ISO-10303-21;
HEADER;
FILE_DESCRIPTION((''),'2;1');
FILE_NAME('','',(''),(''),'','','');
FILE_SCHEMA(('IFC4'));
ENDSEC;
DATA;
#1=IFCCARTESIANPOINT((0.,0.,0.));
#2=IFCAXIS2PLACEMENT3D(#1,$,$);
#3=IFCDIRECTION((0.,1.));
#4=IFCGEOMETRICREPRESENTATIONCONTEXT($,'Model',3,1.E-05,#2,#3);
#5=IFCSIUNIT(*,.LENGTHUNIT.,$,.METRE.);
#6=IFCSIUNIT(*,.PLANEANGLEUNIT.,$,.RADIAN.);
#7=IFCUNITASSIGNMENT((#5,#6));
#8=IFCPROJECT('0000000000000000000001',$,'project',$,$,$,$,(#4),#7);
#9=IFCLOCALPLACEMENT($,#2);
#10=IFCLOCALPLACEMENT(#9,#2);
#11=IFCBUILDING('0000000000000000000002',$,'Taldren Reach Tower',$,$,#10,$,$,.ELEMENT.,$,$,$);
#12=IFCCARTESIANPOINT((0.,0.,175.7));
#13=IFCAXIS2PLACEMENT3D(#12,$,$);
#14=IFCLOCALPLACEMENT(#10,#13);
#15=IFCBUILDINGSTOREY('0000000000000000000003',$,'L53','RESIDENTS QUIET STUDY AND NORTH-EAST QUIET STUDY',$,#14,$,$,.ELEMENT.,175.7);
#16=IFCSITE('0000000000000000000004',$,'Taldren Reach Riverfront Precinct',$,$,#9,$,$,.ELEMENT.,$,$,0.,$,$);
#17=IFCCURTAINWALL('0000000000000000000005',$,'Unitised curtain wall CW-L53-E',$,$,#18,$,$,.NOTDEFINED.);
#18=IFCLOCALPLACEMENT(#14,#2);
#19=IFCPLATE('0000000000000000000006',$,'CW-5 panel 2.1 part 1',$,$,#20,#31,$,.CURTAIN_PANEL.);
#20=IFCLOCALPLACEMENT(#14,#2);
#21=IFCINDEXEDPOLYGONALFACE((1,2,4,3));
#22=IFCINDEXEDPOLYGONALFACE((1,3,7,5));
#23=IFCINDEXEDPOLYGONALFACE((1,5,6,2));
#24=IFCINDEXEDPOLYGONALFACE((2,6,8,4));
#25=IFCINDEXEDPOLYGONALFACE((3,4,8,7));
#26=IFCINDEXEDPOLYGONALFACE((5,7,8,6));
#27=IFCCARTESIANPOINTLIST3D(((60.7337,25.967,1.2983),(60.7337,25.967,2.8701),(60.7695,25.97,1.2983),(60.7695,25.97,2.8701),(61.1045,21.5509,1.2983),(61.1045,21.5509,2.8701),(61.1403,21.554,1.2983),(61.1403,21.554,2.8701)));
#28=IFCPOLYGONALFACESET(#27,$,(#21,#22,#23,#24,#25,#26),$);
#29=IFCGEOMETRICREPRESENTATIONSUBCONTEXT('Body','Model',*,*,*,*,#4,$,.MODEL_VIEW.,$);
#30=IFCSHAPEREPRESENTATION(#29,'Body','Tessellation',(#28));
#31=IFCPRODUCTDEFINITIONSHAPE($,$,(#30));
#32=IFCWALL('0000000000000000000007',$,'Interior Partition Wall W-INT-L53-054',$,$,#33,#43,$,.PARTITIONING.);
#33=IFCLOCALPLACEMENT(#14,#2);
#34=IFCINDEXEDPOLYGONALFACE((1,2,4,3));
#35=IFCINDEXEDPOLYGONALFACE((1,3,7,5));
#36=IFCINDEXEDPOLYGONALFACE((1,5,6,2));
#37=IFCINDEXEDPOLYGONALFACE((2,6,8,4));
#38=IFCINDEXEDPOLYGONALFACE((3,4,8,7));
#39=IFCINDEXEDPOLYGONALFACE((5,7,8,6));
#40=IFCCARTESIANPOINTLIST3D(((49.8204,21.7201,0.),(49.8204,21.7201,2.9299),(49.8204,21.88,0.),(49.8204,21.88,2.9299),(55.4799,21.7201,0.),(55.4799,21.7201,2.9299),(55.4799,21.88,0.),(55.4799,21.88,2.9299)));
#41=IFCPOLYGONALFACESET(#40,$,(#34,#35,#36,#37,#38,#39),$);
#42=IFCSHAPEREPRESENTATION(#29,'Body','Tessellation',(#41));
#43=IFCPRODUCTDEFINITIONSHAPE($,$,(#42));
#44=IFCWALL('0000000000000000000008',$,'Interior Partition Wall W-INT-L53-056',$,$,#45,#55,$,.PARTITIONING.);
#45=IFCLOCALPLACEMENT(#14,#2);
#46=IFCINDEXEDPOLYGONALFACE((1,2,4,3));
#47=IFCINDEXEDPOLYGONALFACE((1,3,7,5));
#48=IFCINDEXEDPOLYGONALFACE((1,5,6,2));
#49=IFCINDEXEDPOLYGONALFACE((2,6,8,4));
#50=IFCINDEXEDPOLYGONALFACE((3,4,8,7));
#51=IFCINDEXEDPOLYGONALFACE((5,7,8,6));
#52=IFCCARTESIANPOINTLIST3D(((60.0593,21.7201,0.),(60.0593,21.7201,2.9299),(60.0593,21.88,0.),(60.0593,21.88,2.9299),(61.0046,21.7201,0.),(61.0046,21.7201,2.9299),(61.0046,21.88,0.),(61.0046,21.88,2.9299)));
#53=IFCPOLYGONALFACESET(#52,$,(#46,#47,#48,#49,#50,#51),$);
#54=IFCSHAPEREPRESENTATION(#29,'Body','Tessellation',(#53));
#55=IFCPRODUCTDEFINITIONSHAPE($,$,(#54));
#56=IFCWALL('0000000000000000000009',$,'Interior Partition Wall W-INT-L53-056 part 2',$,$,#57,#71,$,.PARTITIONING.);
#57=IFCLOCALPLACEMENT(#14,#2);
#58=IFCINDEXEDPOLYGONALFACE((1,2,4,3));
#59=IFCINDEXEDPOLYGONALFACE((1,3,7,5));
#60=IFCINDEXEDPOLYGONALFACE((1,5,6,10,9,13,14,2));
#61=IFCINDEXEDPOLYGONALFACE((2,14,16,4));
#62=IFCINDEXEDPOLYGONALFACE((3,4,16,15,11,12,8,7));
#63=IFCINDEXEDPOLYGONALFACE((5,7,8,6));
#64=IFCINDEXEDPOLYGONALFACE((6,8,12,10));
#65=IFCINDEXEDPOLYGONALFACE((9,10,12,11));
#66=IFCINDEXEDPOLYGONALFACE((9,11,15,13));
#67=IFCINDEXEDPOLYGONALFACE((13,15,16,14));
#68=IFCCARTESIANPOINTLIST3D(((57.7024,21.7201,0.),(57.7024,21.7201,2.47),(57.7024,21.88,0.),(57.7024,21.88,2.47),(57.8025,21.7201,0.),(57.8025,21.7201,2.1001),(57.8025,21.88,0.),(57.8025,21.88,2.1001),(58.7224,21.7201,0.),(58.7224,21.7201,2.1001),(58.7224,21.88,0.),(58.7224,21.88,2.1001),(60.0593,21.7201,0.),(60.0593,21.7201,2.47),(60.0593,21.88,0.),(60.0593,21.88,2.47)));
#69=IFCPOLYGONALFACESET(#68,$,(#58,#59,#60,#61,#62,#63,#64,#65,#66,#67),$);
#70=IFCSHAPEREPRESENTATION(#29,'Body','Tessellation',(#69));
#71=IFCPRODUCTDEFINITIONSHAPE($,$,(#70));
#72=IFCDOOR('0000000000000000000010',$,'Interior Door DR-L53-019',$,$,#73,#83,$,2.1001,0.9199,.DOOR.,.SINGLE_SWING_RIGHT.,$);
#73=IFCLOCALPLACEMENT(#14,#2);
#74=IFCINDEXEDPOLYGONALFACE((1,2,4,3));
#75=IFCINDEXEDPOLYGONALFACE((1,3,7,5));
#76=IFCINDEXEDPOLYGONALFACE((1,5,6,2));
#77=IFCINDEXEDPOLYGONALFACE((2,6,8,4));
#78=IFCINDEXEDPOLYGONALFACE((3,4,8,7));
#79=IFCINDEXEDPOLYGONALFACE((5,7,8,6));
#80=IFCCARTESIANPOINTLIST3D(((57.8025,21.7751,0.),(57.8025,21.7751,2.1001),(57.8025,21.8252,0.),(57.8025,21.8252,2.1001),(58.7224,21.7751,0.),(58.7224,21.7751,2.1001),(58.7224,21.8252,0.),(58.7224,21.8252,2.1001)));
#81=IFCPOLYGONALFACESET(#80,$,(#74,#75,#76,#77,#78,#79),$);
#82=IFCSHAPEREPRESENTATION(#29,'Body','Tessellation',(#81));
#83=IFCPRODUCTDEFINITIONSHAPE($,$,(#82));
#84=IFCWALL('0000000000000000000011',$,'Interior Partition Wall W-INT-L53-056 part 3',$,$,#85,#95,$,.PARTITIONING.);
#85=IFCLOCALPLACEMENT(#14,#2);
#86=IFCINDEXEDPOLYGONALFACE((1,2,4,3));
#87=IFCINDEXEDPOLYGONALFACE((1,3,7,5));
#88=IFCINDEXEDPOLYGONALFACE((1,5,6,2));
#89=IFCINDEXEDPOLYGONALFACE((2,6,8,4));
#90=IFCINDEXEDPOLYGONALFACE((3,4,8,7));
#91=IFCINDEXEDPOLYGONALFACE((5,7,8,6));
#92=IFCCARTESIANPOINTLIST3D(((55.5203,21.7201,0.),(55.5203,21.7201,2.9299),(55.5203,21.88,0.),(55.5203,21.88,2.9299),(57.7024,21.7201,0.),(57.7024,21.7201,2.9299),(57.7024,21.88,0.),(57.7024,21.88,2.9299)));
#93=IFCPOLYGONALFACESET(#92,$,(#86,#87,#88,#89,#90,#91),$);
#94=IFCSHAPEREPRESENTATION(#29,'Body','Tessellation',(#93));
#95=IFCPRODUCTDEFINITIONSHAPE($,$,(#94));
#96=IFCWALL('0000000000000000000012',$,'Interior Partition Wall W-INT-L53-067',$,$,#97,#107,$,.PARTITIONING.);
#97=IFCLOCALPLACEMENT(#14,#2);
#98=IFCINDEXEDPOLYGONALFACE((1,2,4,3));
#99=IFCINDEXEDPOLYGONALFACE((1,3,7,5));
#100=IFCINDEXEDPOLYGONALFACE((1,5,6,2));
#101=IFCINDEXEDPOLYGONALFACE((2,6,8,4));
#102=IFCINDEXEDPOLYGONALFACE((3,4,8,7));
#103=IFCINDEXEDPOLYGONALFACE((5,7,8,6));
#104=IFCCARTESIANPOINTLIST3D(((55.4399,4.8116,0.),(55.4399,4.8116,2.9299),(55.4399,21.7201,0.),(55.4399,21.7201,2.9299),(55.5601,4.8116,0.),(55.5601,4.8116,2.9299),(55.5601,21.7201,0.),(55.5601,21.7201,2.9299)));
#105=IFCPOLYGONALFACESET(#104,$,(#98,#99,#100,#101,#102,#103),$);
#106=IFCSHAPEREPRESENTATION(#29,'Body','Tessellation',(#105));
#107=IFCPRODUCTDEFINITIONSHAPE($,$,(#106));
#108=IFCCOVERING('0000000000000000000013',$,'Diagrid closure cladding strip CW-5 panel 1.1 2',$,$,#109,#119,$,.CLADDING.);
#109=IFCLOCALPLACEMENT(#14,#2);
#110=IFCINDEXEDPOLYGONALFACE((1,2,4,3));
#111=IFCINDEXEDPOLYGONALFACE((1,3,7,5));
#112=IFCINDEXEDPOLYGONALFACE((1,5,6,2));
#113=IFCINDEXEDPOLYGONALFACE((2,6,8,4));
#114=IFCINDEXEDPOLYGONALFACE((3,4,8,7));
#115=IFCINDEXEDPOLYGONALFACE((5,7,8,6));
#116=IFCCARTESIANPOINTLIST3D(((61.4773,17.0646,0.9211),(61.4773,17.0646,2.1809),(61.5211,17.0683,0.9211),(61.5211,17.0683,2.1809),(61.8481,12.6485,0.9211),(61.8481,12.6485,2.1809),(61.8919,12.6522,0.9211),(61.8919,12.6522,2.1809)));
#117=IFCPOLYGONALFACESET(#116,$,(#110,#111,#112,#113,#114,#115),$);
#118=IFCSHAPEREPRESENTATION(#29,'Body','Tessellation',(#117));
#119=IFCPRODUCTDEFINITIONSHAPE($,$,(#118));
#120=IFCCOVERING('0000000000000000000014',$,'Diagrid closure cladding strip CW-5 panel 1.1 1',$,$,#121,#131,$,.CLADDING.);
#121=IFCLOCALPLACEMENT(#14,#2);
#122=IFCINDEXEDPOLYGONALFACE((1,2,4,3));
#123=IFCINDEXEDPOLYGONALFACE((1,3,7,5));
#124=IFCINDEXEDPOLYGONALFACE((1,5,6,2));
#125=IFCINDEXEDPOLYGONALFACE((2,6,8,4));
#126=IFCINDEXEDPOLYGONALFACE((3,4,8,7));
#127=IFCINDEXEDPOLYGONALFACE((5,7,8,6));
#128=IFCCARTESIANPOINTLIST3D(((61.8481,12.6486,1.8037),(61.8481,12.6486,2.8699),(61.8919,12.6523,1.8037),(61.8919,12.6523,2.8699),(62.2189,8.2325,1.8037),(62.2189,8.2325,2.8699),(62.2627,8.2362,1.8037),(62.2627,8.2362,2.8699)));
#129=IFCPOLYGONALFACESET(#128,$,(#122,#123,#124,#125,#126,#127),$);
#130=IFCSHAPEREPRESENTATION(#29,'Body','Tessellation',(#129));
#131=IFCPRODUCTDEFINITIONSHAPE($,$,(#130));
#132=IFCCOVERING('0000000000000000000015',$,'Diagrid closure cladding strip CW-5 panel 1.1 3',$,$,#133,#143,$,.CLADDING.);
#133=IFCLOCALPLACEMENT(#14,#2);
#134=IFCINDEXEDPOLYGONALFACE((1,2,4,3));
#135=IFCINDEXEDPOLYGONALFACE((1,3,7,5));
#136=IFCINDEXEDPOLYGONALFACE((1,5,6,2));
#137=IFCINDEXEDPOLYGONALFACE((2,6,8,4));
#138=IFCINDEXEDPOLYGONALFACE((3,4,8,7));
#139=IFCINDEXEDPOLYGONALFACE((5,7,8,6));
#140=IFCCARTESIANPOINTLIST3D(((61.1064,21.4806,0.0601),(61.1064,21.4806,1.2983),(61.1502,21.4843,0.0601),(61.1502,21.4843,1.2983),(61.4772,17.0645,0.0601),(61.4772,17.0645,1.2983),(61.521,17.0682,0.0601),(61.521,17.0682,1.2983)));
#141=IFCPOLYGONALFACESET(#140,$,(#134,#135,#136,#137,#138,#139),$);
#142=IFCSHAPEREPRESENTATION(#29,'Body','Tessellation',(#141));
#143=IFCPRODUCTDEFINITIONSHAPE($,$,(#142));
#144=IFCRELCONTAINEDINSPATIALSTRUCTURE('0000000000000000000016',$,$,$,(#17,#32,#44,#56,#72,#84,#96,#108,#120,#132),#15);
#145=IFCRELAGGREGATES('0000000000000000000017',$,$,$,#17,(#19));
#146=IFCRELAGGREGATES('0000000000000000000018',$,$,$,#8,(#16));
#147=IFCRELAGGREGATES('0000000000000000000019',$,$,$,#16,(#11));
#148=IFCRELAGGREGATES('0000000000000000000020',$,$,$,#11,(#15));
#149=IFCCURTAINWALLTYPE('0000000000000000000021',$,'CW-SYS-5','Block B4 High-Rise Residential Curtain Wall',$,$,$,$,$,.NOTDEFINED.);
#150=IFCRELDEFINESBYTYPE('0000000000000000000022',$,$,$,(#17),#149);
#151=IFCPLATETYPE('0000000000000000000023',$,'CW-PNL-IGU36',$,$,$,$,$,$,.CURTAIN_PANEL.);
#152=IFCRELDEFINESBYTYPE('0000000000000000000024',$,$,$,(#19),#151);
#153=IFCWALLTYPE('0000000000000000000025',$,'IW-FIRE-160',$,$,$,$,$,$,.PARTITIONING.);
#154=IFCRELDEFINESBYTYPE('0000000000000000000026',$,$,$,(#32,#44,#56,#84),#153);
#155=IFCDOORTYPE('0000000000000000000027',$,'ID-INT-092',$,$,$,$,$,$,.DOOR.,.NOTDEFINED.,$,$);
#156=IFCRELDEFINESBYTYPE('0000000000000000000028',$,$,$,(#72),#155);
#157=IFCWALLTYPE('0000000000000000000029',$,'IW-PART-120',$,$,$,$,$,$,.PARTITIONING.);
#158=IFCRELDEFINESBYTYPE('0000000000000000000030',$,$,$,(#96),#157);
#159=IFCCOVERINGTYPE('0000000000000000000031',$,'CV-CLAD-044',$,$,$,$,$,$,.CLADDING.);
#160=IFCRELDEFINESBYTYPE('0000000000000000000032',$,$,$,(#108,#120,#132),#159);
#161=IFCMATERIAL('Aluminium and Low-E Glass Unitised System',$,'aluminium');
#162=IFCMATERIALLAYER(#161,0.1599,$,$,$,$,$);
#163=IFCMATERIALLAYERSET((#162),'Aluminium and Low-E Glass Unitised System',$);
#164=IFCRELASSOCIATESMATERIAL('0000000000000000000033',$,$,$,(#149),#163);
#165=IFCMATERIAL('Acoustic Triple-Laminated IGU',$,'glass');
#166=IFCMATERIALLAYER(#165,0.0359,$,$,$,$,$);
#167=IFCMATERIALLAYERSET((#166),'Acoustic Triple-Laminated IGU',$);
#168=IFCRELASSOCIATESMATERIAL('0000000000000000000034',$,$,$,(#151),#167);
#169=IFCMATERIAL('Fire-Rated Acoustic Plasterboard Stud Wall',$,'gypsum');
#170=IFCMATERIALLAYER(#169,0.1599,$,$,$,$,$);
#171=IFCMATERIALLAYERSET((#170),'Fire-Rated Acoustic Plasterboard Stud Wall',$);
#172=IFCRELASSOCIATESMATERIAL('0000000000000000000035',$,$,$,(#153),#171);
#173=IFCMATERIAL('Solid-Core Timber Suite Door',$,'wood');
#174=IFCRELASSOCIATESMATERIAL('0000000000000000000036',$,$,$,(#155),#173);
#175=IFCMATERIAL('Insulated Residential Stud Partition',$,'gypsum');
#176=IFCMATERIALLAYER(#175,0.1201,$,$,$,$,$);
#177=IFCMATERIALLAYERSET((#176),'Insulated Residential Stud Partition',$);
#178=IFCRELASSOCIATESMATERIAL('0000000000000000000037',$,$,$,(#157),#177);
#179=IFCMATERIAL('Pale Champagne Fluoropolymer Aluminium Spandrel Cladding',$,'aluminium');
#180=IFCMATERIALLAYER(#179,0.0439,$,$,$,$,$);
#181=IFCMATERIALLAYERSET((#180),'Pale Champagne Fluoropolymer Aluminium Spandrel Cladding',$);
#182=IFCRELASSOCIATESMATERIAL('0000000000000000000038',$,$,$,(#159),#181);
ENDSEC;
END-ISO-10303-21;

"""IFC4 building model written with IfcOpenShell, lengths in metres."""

from ifc_helpers import new_model, si_unit, direction, frame, frame_2d, origin, origin_2d, place, context, subcontext, project, spatial, rectangle, extrude, source, transform, mapped, material, layer, layer_set, type_object, element, fill, aggregate, save


model = new_model("IFC4")

# Units and contexts
model_context = context("Model", 3, precision=1e-05, world=origin(), true_north=direction((0.0, 1.0)))
body_context = subcontext(model_context, "Body", "Model", "MODEL_VIEW")
ifc_project = project(units=[si_unit("LENGTHUNIT", "METRE"), si_unit("PLANEANGLEUNIT", "RADIAN")], contexts=[model_context])

# Site, building, storey
site_placement = place(None, origin())
site = spatial("IfcSite", under=ifc_project, at=site_placement, Name="Taldren Reach Riverfront Precinct", CompositionType="ELEMENT", RefElevation=0.0)
building_placement = place(site_placement, origin())
building = spatial("IfcBuilding", under=site, at=building_placement, Name="Taldren Reach Tower", CompositionType="ELEMENT")
storey_placement = place(building_placement, frame((0.0, 0.0, 175.7)))
storey = spatial("IfcBuildingStorey", under=building, at=storey_placement, Name="L53", Description="RESIDENTS QUIET STUDY AND NORTH-EAST QUIET STUDY", CompositionType="ELEMENT", Elevation=175.7)

# Curtain wall
ifc_material_1 = material(Name="Aluminium and Low-E Glass Unitised System", Category="aluminium")
ifc_layer_1 = layer(ifc_material_1, 0.1599)
ifc_layer_set_1 = layer_set([ifc_layer_1], Name="Aluminium and Low-E Glass Unitised System")
curtain_wall_type = type_object("IfcCurtainWallType", Name="CW-SYS-5", Description="Block B4 High-Rise Residential Curtain Wall", PredefinedType="NOTDEFINED", material=ifc_layer_set_1)
curtain_wall_placement = place(storey_placement, origin())
curtain_wall = element("IfcCurtainWall", 1, at=curtain_wall_placement, inside=storey, type_object=curtain_wall_type, Name="Unitised curtain wall CW-L53-E", PredefinedType="NOTDEFINED")

# Plate
ifc_material_2 = material(Name="Acoustic Triple-Laminated IGU", Category="glass")
ifc_layer_2 = layer(ifc_material_2, 0.0359)
ifc_layer_set_2 = layer_set([ifc_layer_2], Name="Acoustic Triple-Laminated IGU")
plate_type_1 = type_object("IfcPlateType", Name="CW-PNL-IGU36", PredefinedType="CURTAIN_PANEL", material=ifc_layer_set_2)
shared_shape_1 = source(origin(), body_context, "Body", "SweptSolid", [
    extrude(rectangle(XDim=4.4316, YDim=0.0359, at=origin_2d()), origin(), (0.0, 0.0, 1.0), 1.5718),
])
plate_1_placement = place(storey_placement, frame((60.937, 23.7605, 1.2983), z_axis=(0.0, 0.0, 1.0), x_axis=(-0.083678, 0.996493, 0.0)))
plate_1 = element("IfcPlate", 2, at=plate_1_placement, type_object=plate_type_1, Name="CW-5 panel 2.1 part 1", PredefinedType="CURTAIN_PANEL", context=body_context, shape_type="MappedRepresentation", body=[
    mapped(shared_shape_1, transform((0.0, 0.0, 0.0), scale=1.0)),
])
aggregate(curtain_wall, [plate_1])

# Walls
ifc_material_3 = material(Name="Fire-Rated Acoustic Plasterboard Stud Wall", Category="gypsum")
ifc_layer_3 = layer(ifc_material_3, 0.1599)
ifc_layer_set_3 = layer_set([ifc_layer_3], Name="Fire-Rated Acoustic Plasterboard Stud Wall")
wall_type_1 = type_object("IfcWallType", Name="IW-FIRE-160", PredefinedType="PARTITIONING", material=ifc_layer_set_3)
shared_shape_2 = source(origin(), body_context, "Body", "SweptSolid", [
    extrude(rectangle(XDim=5.6594, YDim=0.1599, at=frame_2d((2.8296, 0.0))), origin(), (0.0, 0.0, 1.0), 2.9299),
])
wall_1_placement = place(storey_placement, frame((55.4797, 21.8, 0.0), z_axis=(0.0, 0.0, 1.0), x_axis=(-1.0, 0.0, 0.0)))
element("IfcWall", 3, at=wall_1_placement, inside=storey, type_object=wall_type_1, Name="Interior Partition Wall W-INT-L53-054", PredefinedType="PARTITIONING", context=body_context, shape_type="MappedRepresentation", body=[
    mapped(shared_shape_2, transform((0.0, 0.0, 0.0), scale=1.0)),
])
shared_shape_3 = source(origin(), body_context, "Body", "SweptSolid", [
    extrude(rectangle(XDim=0.9453, YDim=0.1599, at=frame_2d((0.4727, 0.0))), origin(), (0.0, 0.0, 1.0), 2.9299),
])
wall_2_placement = place(storey_placement, frame((61.0046, 21.8, 0.0), z_axis=(0.0, 0.0, 1.0), x_axis=(-1.0, 0.0, 0.0)))
element("IfcWall", 4, at=wall_2_placement, inside=storey, type_object=wall_type_1, Name="Interior Partition Wall W-INT-L53-056", PredefinedType="PARTITIONING", context=body_context, shape_type="MappedRepresentation", body=[
    mapped(shared_shape_3, transform((0.0, 0.0, 0.0), scale=1.0)),
])

# Wall, opening, door
shared_shape_4 = source(origin(), body_context, "Body", "SweptSolid", [
    extrude(rectangle(XDim=2.3569, YDim=0.1599, at=frame_2d((1.1785, 0.0))), origin(), (0.0, 0.0, 1.0), 2.47),
])
wall_3_placement = place(storey_placement, frame((60.0593, 21.8, 0.0), z_axis=(0.0, 0.0, 1.0), x_axis=(-1.0, 0.0, 0.0)))
wall_3 = element("IfcWall", 5, at=wall_3_placement, inside=storey, type_object=wall_type_1, Name="Interior Partition Wall W-INT-L53-056 part 2", PredefinedType="PARTITIONING", context=body_context, shape_type="MappedRepresentation", body=[
    mapped(shared_shape_4, transform((0.0, 0.0, 0.0), scale=1.0)),
])
shared_shape_5 = source(origin(), body_context, "Body", "SweptSolid", [
    extrude(rectangle(XDim=0.9199, YDim=2.1001, at=frame_2d((0.46, 1.05))), frame((0.0, 0.0898, 0.0), z_axis=(0.0, -1.0, 0.0), x_axis=(1.0, 0.0, 0.0)), (0.0, 0.0, 1.0), 0.1799),
])
opening_placement = place(wall_3_placement, frame((1.3369, 0.0, 0.0)))
opening = element("IfcOpeningElement", 6, at=opening_placement, cuts=wall_3, PredefinedType="OPENING", context=body_context, shape_type="MappedRepresentation", body=[
    mapped(shared_shape_5, transform((0.0, 0.0, 0.0), scale=1.0)),
])
ifc_material_4 = material(Name="Solid-Core Timber Suite Door", Category="wood")
door_type = type_object("IfcDoorType", Name="ID-INT-092", OperationType="NOTDEFINED", PredefinedType="DOOR", material=ifc_material_4)
shared_shape_6 = source(origin(), body_context, "Body", "SweptSolid", [
    extrude(rectangle(XDim=0.9199, YDim=2.1001, at=frame_2d((0.46, 1.05))), frame((0.0, 0.0249, 0.0), z_axis=(0.0, -1.0, 0.0), x_axis=(1.0, 0.0, 0.0)), (0.0, 0.0, 1.0), 0.05),
])
door_placement = place(opening_placement, origin())
door = element("IfcDoor", 7, at=door_placement, inside=storey, type_object=door_type, Name="Interior Door DR-L53-019", OperationType="SINGLE_SWING_RIGHT", OverallHeight=2.1001, OverallWidth=0.9199, PredefinedType="DOOR", context=body_context, shape_type="MappedRepresentation", body=[
    mapped(shared_shape_6, transform((0.0, 0.0, 0.0), scale=1.0)),
])
fill(opening, door)

# Walls
shared_shape_7 = source(origin(), body_context, "Body", "SweptSolid", [
    extrude(rectangle(XDim=2.1821, YDim=0.1599, at=frame_2d((1.0911, 0.0))), origin(), (0.0, 0.0, 1.0), 2.9299),
])
wall_4_placement = place(storey_placement, frame((57.7024, 21.8, 0.0), z_axis=(0.0, 0.0, 1.0), x_axis=(-1.0, 0.0, 0.0)))
element("IfcWall", 8, at=wall_4_placement, inside=storey, type_object=wall_type_1, Name="Interior Partition Wall W-INT-L53-056 part 3", PredefinedType="PARTITIONING", context=body_context, shape_type="MappedRepresentation", body=[
    mapped(shared_shape_7, transform((0.0, 0.0, 0.0), scale=1.0)),
])
ifc_material_5 = material(Name="Insulated Residential Stud Partition", Category="gypsum")
ifc_layer_4 = layer(ifc_material_5, 0.1201)
ifc_layer_set_4 = layer_set([ifc_layer_4], Name="Insulated Residential Stud Partition")
wall_type_2 = type_object("IfcWallType", Name="IW-PART-120", PredefinedType="PARTITIONING", material=ifc_layer_set_4)
shared_shape_8 = source(origin(), body_context, "Body", "SweptSolid", [
    extrude(rectangle(XDim=16.9084, YDim=0.1201, at=frame_2d((8.4541, 0.0))), origin(), (0.0, 0.0, 1.0), 2.9299),
])
wall_5_placement = place(storey_placement, frame((55.5, 21.72, 0.0), z_axis=(0.0, 0.0, 1.0), x_axis=(0.0, -1.0, 0.0)))
element("IfcWall", 9, at=wall_5_placement, inside=storey, type_object=wall_type_2, Name="Interior Partition Wall W-INT-L53-067", PredefinedType="PARTITIONING", context=body_context, shape_type="MappedRepresentation", body=[
    mapped(shared_shape_8, transform((0.0, 0.0, 0.0), scale=1.0)),
])

# Coverings
ifc_material_6 = material(Name="Pale Champagne Fluoropolymer Aluminium Spandrel Cladding", Category="aluminium")
ifc_layer_5 = layer(ifc_material_6, 0.0439)
ifc_layer_set_5 = layer_set([ifc_layer_5], Name="Pale Champagne Fluoropolymer Aluminium Spandrel Cladding")
covering_type = type_object("IfcCoveringType", Name="CV-CLAD-044", PredefinedType="CLADDING", material=ifc_layer_set_5)
shared_shape_9 = source(origin(), body_context, "Body", "SweptSolid", [
    extrude(rectangle(XDim=4.4316, YDim=0.0439, at=origin_2d()), origin(), (0.0, 0.0, 1.0), 1.2598),
])
covering_1_placement = place(storey_placement, frame((61.6846, 14.8584, 0.9211), z_axis=(0.0, 0.0, 1.0), x_axis=(-0.083678, 0.996493, 0.0)))
element("IfcCovering", 10, at=covering_1_placement, inside=storey, type_object=covering_type, Name="Diagrid closure cladding strip CW-5 panel 1.1 2", PredefinedType="CLADDING", context=body_context, shape_type="MappedRepresentation", body=[
    mapped(shared_shape_9, transform((0.0, 0.0, 0.0), scale=1.0)),
])
shared_shape_10 = source(origin(), body_context, "Body", "SweptSolid", [
    extrude(rectangle(XDim=4.4316, YDim=0.0439, at=origin_2d()), origin(), (0.0, 0.0, 1.0), 1.0662),
])
covering_2_placement = place(storey_placement, frame((62.0554, 10.4424, 1.8037), z_axis=(0.0, 0.0, 1.0), x_axis=(-0.083678, 0.996493, 0.0)))
element("IfcCovering", 11, at=covering_2_placement, inside=storey, type_object=covering_type, Name="Diagrid closure cladding strip CW-5 panel 1.1 1", PredefinedType="CLADDING", context=body_context, shape_type="MappedRepresentation", body=[
    mapped(shared_shape_10, transform((0.0, 0.0, 0.0), scale=1.0)),
])
shared_shape_11 = source(origin(), body_context, "Body", "SweptSolid", [
    extrude(rectangle(XDim=4.4316, YDim=0.0439, at=origin_2d()), origin(), (0.0, 0.0, 1.0), 1.2383),
])
covering_3_placement = place(storey_placement, frame((61.3137, 19.2744, 0.0601), z_axis=(0.0, 0.0, 1.0), x_axis=(-0.083678, 0.996493, 0.0)))
element("IfcCovering", 12, at=covering_3_placement, inside=storey, type_object=covering_type, Name="Diagrid closure cladding strip CW-5 panel 1.1 3", PredefinedType="CLADDING", context=body_context, shape_type="MappedRepresentation", body=[
    mapped(shared_shape_11, transform((0.0, 0.0, 0.0), scale=1.0)),
])

save(model, "model.ifc")
